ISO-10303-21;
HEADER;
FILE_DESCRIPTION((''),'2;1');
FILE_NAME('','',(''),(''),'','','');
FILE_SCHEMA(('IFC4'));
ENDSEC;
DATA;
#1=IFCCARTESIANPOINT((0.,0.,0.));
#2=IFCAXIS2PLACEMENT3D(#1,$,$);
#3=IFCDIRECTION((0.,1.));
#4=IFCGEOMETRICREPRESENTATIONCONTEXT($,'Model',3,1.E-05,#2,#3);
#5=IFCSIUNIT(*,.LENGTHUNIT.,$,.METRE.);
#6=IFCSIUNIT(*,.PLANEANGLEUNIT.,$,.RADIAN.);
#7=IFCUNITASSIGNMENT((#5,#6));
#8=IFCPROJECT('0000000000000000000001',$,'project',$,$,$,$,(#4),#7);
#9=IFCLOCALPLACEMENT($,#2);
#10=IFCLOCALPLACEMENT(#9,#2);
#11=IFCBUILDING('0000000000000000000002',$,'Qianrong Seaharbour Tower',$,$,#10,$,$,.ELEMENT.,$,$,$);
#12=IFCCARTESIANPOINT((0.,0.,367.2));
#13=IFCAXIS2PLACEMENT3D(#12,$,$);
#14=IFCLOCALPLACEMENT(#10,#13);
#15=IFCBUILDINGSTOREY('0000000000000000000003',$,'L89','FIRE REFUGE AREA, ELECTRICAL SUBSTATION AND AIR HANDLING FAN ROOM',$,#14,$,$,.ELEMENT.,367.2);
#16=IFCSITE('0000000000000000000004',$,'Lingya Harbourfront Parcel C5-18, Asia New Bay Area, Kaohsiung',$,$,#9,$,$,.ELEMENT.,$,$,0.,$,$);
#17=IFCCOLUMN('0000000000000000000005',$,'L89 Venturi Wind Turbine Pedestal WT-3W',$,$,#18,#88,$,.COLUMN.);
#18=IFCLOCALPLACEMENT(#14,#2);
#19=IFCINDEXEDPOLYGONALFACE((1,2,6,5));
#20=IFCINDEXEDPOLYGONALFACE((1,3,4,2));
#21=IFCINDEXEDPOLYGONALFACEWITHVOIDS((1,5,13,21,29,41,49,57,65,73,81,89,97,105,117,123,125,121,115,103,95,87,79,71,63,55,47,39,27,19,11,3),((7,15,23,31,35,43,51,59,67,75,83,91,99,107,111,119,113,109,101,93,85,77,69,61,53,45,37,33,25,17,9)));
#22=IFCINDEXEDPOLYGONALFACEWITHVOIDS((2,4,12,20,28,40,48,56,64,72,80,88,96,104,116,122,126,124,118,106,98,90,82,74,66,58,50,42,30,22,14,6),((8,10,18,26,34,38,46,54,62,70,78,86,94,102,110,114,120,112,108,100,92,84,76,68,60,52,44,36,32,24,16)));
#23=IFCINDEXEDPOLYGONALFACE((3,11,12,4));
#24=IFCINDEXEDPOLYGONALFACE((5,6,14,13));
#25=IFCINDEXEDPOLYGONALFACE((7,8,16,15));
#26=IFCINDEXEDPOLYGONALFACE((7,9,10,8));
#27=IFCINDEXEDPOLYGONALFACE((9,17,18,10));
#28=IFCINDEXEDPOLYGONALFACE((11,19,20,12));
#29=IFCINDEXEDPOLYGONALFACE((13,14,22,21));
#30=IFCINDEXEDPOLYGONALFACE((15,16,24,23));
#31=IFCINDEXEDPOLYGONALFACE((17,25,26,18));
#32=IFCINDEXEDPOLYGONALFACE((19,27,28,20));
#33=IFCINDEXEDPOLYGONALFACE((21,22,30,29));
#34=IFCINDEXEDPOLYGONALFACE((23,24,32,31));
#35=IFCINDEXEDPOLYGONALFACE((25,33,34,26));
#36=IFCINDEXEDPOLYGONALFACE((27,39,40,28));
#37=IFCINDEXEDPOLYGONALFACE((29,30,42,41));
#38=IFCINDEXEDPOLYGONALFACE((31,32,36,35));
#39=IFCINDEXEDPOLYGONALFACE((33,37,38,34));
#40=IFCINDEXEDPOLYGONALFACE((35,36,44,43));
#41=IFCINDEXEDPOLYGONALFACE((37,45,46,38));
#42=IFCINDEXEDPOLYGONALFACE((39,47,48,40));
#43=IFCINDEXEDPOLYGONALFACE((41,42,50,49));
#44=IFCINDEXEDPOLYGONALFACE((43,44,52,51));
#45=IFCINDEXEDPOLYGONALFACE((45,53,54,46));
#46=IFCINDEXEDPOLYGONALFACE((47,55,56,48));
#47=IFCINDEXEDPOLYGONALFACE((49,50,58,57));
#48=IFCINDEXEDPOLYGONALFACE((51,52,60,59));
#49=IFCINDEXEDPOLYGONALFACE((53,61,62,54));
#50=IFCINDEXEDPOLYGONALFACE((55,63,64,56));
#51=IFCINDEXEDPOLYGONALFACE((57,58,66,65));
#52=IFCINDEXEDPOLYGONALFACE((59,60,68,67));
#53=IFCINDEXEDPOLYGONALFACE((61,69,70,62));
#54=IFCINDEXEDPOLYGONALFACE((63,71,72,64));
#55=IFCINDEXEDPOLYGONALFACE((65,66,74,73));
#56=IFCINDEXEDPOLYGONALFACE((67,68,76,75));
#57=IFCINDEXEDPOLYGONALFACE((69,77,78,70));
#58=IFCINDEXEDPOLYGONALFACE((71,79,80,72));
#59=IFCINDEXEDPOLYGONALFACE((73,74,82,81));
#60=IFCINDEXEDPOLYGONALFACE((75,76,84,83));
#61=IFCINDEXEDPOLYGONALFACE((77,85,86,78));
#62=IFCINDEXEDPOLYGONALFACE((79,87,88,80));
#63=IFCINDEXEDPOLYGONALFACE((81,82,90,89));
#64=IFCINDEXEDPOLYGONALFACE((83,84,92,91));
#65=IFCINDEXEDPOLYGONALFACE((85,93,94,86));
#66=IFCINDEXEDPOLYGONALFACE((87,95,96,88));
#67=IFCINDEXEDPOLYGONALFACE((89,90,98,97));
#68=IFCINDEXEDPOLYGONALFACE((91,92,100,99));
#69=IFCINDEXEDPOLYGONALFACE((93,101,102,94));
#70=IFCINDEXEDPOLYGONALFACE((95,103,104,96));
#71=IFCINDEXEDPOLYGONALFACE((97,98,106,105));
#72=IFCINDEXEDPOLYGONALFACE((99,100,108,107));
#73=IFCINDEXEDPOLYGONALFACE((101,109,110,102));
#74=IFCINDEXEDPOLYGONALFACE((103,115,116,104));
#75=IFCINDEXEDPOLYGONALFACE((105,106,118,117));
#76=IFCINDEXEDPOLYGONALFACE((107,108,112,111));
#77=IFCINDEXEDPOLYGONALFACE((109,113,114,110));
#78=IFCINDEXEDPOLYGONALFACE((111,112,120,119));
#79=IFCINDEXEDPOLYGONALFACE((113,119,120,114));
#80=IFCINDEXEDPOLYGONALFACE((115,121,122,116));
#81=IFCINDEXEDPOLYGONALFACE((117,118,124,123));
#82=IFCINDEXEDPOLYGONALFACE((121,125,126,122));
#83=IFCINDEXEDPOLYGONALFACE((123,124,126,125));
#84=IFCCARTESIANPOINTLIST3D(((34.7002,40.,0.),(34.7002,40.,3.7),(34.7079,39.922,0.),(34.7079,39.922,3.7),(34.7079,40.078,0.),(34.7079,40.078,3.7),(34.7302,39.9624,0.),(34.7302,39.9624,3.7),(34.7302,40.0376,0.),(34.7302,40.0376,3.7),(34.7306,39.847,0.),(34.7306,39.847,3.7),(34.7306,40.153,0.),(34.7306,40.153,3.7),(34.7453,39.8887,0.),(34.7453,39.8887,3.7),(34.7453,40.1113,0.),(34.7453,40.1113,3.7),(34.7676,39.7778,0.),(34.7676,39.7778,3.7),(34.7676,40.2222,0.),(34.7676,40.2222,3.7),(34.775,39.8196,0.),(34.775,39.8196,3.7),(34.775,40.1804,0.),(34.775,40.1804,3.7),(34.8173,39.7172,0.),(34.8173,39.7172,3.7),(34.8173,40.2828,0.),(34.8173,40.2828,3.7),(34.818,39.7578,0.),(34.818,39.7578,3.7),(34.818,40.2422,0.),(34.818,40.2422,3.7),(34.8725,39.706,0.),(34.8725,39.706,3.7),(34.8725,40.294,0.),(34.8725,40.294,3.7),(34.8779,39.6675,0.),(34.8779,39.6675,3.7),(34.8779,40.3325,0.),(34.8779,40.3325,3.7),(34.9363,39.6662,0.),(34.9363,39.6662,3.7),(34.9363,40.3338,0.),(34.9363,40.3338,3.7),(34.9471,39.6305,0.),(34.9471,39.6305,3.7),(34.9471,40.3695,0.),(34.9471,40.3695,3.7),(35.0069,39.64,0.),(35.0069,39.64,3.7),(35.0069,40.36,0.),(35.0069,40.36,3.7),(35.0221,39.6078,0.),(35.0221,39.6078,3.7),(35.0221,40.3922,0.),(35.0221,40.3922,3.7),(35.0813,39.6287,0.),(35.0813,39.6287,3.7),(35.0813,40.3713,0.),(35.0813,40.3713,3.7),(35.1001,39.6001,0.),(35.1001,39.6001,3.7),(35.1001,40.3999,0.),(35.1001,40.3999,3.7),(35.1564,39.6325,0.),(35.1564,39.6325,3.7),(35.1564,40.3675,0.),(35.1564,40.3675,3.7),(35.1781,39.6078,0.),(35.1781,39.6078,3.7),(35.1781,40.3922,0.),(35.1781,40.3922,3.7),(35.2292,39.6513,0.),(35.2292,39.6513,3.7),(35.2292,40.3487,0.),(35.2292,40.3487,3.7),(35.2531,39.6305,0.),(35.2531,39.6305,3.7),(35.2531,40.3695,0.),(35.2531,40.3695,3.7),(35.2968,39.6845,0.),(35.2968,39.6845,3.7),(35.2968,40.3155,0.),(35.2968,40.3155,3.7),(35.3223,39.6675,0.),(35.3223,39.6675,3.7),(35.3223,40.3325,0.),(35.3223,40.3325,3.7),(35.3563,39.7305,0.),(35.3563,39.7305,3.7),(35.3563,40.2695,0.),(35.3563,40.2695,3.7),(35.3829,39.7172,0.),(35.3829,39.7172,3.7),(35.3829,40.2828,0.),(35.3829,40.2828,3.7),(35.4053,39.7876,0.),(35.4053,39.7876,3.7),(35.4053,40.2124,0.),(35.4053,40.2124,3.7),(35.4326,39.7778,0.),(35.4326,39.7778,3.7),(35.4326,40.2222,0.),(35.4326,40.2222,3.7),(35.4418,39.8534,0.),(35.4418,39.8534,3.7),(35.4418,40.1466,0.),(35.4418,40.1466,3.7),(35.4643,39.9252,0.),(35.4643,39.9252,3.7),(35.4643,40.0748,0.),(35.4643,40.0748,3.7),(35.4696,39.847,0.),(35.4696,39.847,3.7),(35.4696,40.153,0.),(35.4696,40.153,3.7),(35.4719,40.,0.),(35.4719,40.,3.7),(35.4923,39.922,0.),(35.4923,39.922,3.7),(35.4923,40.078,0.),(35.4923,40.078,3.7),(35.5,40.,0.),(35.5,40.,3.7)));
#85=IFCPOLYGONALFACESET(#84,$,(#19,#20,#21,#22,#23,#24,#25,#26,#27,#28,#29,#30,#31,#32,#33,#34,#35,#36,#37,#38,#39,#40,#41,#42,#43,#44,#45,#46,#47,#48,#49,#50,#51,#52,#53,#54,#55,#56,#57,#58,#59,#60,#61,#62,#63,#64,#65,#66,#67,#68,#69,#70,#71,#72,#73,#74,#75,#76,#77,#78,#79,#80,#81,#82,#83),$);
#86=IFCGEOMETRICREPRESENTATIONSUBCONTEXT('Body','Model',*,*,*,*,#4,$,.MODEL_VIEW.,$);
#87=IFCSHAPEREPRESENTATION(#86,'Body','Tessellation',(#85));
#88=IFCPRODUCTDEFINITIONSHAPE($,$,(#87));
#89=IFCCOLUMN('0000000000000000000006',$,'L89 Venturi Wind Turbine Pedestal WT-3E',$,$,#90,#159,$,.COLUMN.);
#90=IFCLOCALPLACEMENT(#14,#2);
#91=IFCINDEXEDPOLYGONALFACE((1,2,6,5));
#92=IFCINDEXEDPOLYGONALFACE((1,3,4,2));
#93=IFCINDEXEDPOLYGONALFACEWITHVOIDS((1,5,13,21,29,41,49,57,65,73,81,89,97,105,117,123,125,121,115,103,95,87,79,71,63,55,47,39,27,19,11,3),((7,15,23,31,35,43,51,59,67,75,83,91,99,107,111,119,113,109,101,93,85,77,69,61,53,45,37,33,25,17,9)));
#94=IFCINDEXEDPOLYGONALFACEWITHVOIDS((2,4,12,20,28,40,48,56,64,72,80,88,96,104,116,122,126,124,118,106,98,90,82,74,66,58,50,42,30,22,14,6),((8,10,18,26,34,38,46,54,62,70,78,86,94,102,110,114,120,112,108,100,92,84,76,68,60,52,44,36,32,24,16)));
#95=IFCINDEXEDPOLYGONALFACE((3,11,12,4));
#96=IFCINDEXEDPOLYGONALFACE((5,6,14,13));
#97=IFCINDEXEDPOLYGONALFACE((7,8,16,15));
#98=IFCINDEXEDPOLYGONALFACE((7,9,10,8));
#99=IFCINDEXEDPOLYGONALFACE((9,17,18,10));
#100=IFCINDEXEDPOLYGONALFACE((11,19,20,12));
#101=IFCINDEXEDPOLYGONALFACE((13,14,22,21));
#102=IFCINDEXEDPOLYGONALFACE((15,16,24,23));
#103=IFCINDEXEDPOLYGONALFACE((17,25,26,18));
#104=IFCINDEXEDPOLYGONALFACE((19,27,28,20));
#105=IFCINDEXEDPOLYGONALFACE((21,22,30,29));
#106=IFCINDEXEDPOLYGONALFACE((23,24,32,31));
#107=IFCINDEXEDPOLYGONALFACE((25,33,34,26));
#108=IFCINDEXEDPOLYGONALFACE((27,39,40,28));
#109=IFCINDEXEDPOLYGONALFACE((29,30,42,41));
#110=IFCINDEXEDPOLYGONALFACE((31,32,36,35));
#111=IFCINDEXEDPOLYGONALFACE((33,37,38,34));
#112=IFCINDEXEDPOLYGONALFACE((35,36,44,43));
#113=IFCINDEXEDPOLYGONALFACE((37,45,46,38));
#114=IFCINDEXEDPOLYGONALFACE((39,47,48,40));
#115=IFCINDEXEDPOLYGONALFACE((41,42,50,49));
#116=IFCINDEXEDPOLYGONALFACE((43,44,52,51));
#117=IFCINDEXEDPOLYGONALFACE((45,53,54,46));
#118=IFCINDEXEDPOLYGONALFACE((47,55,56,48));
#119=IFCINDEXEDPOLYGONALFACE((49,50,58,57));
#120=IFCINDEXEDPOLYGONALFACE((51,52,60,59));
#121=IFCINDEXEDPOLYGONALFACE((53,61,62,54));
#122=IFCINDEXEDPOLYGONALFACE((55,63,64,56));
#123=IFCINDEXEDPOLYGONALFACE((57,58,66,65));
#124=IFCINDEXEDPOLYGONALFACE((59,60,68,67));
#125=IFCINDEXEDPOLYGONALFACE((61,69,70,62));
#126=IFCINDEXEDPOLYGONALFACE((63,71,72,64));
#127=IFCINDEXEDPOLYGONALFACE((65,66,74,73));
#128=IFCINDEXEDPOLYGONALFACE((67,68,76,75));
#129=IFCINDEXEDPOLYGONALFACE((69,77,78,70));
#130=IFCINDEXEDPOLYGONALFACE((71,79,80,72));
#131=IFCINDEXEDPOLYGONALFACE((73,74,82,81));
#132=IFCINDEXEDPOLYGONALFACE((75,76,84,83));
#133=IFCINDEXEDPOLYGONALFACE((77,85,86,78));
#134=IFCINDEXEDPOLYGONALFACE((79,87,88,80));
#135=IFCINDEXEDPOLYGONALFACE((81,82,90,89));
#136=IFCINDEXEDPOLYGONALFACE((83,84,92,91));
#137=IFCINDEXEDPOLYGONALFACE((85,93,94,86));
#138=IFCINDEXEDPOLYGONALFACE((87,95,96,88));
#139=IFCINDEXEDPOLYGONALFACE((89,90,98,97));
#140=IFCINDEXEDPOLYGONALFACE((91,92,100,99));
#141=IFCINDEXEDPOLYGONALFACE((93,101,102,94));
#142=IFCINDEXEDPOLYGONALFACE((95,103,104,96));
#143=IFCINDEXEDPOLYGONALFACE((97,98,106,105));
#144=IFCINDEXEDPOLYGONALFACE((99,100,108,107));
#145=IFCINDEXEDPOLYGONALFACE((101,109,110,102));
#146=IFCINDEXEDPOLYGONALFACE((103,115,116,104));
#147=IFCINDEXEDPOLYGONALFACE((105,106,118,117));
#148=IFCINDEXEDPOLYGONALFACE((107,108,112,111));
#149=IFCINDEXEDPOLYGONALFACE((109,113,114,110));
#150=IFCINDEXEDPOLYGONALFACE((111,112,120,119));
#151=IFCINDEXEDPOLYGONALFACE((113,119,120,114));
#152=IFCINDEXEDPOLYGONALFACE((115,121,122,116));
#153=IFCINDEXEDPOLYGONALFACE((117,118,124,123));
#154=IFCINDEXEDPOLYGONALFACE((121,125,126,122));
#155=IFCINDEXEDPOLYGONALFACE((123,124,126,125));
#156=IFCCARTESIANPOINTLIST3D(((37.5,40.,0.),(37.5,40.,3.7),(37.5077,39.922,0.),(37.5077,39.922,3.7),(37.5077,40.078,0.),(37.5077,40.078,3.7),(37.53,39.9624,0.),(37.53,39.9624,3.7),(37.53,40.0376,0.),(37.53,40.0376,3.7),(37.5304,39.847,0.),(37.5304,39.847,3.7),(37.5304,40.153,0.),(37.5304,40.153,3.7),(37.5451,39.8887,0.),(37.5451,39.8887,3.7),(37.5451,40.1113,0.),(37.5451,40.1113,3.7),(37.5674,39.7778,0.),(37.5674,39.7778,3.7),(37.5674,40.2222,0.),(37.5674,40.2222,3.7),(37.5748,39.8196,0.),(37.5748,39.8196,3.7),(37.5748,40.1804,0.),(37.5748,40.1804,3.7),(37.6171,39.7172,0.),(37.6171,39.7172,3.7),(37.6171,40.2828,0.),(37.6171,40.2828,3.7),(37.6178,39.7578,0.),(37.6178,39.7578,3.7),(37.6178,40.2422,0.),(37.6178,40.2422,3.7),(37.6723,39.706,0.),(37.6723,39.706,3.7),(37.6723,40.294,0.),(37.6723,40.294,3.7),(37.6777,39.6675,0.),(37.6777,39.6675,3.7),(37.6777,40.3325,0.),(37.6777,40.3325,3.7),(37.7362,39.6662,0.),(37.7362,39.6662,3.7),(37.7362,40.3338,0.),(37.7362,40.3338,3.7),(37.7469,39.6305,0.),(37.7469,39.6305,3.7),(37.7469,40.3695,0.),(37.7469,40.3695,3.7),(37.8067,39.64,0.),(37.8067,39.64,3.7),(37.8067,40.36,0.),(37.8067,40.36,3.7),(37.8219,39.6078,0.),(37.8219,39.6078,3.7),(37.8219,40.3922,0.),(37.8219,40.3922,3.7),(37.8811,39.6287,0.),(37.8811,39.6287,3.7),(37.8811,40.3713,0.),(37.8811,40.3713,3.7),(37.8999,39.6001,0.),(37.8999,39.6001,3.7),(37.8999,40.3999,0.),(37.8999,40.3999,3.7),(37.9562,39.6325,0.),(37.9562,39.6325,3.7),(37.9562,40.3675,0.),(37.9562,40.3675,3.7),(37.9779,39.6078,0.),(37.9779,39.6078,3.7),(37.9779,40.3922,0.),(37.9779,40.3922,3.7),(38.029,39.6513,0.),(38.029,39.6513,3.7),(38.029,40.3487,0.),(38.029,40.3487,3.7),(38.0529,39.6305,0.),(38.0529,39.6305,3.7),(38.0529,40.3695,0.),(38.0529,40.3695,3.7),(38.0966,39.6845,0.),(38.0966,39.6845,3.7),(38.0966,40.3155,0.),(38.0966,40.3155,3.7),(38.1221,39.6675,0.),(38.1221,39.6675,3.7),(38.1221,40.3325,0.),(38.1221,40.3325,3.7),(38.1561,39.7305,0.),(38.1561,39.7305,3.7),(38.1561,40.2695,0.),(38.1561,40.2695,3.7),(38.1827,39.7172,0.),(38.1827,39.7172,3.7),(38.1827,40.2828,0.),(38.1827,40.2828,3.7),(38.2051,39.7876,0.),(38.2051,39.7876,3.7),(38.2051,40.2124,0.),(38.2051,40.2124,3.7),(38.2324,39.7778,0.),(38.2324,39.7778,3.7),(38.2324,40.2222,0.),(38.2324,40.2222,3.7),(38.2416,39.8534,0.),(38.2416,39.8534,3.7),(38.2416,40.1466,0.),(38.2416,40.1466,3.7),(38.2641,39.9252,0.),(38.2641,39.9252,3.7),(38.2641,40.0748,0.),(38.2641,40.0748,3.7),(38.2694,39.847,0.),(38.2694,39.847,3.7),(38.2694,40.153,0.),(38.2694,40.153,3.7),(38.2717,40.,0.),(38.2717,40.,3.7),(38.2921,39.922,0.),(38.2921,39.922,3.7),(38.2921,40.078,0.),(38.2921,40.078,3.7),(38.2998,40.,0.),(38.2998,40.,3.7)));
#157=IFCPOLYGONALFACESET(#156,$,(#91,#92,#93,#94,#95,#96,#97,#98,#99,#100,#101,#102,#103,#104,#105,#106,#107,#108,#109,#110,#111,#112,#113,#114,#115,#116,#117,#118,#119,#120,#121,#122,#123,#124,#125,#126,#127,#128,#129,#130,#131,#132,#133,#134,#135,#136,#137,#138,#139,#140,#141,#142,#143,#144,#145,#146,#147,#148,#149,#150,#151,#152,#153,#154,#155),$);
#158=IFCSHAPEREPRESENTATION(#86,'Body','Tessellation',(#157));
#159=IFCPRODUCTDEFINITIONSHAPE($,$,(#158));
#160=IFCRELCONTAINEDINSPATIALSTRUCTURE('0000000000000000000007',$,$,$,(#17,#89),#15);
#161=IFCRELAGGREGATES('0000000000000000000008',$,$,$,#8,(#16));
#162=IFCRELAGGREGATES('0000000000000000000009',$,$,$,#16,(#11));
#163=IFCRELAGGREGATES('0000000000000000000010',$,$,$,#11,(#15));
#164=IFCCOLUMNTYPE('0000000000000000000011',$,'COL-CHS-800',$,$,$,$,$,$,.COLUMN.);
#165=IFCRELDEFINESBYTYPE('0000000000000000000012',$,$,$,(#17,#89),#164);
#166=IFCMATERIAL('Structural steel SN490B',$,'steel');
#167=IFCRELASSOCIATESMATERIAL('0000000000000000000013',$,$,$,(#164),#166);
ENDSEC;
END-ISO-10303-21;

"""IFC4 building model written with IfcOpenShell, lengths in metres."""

from ifc_helpers import new_model, si_unit, direction, frame, origin, origin_2d, place, context, subcontext, project, spatial, hollow_circle, extrude, material, material_profile, profile_set, type_object, element, save


model = new_model("IFC4")

# Units and contexts
model_context = context("Model", 3, precision=1e-05, world=origin(), true_north=direction((0.0, 1.0)))
body_context = subcontext(model_context, "Body", "Model", "MODEL_VIEW")
ifc_project = project(units=[si_unit("LENGTHUNIT", "METRE"), si_unit("PLANEANGLEUNIT", "RADIAN")], contexts=[model_context])

# Site, building, storey
site_placement = place(None, origin())
site = spatial("IfcSite", under=ifc_project, at=site_placement, Name="Lingya Harbourfront Parcel C5-18, Asia New Bay Area, Kaohsiung", CompositionType="ELEMENT", RefElevation=0.0)
building_placement = place(site_placement, origin())
building = spatial("IfcBuilding", under=site, at=building_placement, Name="Qianrong Seaharbour Tower", CompositionType="ELEMENT")
storey_placement = place(building_placement, frame((0.0, 0.0, 367.2)))
storey = spatial("IfcBuildingStorey", under=building, at=storey_placement, Name="L89", Description="FIRE REFUGE AREA, ELECTRICAL SUBSTATION AND AIR HANDLING FAN ROOM", CompositionType="ELEMENT", Elevation=367.2)

# Columns
ifc_material_1 = material(Name="Structural steel SN490B", Category="steel")
ifc_material_profile_1 = material_profile(ifc_material_1, hollow_circle(Radius=0.3999, WallThickness=0.0281, at=origin_2d()), Name="CHS800x28")
ifc_profile_set_1 = profile_set([ifc_material_profile_1], Name="Structural steel SN490B")
column_type = type_object("IfcColumnType", Name="COL-CHS-800", PredefinedType="COLUMN", material=ifc_profile_set_1)
for number, where, z_axis, x_axis, name in (
    (1, (35.1001, 40.0, 0.0), (0.0, 0.0, 1.0), (1.0, 0.0, 0.0), "L89 Venturi Wind Turbine Pedestal WT-3W"),
    (2, (37.8999, 40.0, 0.0), (0.0, 0.0, 1.0), (1.0, 0.0, 0.0), "L89 Venturi Wind Turbine Pedestal WT-3E"),
):
    element("IfcColumn", number, at=place(storey_placement, frame(where, z_axis=z_axis, x_axis=x_axis)), inside=storey, type_object=column_type, Name=name, PredefinedType="COLUMN", context=body_context, shape_type="SweptSolid", body=[
        extrude(hollow_circle(Radius=0.3999, WallThickness=0.0281, at=origin_2d()), origin(), (0.0, 0.0, 1.0), 3.7),
    ])

save(model, "model.ifc")
